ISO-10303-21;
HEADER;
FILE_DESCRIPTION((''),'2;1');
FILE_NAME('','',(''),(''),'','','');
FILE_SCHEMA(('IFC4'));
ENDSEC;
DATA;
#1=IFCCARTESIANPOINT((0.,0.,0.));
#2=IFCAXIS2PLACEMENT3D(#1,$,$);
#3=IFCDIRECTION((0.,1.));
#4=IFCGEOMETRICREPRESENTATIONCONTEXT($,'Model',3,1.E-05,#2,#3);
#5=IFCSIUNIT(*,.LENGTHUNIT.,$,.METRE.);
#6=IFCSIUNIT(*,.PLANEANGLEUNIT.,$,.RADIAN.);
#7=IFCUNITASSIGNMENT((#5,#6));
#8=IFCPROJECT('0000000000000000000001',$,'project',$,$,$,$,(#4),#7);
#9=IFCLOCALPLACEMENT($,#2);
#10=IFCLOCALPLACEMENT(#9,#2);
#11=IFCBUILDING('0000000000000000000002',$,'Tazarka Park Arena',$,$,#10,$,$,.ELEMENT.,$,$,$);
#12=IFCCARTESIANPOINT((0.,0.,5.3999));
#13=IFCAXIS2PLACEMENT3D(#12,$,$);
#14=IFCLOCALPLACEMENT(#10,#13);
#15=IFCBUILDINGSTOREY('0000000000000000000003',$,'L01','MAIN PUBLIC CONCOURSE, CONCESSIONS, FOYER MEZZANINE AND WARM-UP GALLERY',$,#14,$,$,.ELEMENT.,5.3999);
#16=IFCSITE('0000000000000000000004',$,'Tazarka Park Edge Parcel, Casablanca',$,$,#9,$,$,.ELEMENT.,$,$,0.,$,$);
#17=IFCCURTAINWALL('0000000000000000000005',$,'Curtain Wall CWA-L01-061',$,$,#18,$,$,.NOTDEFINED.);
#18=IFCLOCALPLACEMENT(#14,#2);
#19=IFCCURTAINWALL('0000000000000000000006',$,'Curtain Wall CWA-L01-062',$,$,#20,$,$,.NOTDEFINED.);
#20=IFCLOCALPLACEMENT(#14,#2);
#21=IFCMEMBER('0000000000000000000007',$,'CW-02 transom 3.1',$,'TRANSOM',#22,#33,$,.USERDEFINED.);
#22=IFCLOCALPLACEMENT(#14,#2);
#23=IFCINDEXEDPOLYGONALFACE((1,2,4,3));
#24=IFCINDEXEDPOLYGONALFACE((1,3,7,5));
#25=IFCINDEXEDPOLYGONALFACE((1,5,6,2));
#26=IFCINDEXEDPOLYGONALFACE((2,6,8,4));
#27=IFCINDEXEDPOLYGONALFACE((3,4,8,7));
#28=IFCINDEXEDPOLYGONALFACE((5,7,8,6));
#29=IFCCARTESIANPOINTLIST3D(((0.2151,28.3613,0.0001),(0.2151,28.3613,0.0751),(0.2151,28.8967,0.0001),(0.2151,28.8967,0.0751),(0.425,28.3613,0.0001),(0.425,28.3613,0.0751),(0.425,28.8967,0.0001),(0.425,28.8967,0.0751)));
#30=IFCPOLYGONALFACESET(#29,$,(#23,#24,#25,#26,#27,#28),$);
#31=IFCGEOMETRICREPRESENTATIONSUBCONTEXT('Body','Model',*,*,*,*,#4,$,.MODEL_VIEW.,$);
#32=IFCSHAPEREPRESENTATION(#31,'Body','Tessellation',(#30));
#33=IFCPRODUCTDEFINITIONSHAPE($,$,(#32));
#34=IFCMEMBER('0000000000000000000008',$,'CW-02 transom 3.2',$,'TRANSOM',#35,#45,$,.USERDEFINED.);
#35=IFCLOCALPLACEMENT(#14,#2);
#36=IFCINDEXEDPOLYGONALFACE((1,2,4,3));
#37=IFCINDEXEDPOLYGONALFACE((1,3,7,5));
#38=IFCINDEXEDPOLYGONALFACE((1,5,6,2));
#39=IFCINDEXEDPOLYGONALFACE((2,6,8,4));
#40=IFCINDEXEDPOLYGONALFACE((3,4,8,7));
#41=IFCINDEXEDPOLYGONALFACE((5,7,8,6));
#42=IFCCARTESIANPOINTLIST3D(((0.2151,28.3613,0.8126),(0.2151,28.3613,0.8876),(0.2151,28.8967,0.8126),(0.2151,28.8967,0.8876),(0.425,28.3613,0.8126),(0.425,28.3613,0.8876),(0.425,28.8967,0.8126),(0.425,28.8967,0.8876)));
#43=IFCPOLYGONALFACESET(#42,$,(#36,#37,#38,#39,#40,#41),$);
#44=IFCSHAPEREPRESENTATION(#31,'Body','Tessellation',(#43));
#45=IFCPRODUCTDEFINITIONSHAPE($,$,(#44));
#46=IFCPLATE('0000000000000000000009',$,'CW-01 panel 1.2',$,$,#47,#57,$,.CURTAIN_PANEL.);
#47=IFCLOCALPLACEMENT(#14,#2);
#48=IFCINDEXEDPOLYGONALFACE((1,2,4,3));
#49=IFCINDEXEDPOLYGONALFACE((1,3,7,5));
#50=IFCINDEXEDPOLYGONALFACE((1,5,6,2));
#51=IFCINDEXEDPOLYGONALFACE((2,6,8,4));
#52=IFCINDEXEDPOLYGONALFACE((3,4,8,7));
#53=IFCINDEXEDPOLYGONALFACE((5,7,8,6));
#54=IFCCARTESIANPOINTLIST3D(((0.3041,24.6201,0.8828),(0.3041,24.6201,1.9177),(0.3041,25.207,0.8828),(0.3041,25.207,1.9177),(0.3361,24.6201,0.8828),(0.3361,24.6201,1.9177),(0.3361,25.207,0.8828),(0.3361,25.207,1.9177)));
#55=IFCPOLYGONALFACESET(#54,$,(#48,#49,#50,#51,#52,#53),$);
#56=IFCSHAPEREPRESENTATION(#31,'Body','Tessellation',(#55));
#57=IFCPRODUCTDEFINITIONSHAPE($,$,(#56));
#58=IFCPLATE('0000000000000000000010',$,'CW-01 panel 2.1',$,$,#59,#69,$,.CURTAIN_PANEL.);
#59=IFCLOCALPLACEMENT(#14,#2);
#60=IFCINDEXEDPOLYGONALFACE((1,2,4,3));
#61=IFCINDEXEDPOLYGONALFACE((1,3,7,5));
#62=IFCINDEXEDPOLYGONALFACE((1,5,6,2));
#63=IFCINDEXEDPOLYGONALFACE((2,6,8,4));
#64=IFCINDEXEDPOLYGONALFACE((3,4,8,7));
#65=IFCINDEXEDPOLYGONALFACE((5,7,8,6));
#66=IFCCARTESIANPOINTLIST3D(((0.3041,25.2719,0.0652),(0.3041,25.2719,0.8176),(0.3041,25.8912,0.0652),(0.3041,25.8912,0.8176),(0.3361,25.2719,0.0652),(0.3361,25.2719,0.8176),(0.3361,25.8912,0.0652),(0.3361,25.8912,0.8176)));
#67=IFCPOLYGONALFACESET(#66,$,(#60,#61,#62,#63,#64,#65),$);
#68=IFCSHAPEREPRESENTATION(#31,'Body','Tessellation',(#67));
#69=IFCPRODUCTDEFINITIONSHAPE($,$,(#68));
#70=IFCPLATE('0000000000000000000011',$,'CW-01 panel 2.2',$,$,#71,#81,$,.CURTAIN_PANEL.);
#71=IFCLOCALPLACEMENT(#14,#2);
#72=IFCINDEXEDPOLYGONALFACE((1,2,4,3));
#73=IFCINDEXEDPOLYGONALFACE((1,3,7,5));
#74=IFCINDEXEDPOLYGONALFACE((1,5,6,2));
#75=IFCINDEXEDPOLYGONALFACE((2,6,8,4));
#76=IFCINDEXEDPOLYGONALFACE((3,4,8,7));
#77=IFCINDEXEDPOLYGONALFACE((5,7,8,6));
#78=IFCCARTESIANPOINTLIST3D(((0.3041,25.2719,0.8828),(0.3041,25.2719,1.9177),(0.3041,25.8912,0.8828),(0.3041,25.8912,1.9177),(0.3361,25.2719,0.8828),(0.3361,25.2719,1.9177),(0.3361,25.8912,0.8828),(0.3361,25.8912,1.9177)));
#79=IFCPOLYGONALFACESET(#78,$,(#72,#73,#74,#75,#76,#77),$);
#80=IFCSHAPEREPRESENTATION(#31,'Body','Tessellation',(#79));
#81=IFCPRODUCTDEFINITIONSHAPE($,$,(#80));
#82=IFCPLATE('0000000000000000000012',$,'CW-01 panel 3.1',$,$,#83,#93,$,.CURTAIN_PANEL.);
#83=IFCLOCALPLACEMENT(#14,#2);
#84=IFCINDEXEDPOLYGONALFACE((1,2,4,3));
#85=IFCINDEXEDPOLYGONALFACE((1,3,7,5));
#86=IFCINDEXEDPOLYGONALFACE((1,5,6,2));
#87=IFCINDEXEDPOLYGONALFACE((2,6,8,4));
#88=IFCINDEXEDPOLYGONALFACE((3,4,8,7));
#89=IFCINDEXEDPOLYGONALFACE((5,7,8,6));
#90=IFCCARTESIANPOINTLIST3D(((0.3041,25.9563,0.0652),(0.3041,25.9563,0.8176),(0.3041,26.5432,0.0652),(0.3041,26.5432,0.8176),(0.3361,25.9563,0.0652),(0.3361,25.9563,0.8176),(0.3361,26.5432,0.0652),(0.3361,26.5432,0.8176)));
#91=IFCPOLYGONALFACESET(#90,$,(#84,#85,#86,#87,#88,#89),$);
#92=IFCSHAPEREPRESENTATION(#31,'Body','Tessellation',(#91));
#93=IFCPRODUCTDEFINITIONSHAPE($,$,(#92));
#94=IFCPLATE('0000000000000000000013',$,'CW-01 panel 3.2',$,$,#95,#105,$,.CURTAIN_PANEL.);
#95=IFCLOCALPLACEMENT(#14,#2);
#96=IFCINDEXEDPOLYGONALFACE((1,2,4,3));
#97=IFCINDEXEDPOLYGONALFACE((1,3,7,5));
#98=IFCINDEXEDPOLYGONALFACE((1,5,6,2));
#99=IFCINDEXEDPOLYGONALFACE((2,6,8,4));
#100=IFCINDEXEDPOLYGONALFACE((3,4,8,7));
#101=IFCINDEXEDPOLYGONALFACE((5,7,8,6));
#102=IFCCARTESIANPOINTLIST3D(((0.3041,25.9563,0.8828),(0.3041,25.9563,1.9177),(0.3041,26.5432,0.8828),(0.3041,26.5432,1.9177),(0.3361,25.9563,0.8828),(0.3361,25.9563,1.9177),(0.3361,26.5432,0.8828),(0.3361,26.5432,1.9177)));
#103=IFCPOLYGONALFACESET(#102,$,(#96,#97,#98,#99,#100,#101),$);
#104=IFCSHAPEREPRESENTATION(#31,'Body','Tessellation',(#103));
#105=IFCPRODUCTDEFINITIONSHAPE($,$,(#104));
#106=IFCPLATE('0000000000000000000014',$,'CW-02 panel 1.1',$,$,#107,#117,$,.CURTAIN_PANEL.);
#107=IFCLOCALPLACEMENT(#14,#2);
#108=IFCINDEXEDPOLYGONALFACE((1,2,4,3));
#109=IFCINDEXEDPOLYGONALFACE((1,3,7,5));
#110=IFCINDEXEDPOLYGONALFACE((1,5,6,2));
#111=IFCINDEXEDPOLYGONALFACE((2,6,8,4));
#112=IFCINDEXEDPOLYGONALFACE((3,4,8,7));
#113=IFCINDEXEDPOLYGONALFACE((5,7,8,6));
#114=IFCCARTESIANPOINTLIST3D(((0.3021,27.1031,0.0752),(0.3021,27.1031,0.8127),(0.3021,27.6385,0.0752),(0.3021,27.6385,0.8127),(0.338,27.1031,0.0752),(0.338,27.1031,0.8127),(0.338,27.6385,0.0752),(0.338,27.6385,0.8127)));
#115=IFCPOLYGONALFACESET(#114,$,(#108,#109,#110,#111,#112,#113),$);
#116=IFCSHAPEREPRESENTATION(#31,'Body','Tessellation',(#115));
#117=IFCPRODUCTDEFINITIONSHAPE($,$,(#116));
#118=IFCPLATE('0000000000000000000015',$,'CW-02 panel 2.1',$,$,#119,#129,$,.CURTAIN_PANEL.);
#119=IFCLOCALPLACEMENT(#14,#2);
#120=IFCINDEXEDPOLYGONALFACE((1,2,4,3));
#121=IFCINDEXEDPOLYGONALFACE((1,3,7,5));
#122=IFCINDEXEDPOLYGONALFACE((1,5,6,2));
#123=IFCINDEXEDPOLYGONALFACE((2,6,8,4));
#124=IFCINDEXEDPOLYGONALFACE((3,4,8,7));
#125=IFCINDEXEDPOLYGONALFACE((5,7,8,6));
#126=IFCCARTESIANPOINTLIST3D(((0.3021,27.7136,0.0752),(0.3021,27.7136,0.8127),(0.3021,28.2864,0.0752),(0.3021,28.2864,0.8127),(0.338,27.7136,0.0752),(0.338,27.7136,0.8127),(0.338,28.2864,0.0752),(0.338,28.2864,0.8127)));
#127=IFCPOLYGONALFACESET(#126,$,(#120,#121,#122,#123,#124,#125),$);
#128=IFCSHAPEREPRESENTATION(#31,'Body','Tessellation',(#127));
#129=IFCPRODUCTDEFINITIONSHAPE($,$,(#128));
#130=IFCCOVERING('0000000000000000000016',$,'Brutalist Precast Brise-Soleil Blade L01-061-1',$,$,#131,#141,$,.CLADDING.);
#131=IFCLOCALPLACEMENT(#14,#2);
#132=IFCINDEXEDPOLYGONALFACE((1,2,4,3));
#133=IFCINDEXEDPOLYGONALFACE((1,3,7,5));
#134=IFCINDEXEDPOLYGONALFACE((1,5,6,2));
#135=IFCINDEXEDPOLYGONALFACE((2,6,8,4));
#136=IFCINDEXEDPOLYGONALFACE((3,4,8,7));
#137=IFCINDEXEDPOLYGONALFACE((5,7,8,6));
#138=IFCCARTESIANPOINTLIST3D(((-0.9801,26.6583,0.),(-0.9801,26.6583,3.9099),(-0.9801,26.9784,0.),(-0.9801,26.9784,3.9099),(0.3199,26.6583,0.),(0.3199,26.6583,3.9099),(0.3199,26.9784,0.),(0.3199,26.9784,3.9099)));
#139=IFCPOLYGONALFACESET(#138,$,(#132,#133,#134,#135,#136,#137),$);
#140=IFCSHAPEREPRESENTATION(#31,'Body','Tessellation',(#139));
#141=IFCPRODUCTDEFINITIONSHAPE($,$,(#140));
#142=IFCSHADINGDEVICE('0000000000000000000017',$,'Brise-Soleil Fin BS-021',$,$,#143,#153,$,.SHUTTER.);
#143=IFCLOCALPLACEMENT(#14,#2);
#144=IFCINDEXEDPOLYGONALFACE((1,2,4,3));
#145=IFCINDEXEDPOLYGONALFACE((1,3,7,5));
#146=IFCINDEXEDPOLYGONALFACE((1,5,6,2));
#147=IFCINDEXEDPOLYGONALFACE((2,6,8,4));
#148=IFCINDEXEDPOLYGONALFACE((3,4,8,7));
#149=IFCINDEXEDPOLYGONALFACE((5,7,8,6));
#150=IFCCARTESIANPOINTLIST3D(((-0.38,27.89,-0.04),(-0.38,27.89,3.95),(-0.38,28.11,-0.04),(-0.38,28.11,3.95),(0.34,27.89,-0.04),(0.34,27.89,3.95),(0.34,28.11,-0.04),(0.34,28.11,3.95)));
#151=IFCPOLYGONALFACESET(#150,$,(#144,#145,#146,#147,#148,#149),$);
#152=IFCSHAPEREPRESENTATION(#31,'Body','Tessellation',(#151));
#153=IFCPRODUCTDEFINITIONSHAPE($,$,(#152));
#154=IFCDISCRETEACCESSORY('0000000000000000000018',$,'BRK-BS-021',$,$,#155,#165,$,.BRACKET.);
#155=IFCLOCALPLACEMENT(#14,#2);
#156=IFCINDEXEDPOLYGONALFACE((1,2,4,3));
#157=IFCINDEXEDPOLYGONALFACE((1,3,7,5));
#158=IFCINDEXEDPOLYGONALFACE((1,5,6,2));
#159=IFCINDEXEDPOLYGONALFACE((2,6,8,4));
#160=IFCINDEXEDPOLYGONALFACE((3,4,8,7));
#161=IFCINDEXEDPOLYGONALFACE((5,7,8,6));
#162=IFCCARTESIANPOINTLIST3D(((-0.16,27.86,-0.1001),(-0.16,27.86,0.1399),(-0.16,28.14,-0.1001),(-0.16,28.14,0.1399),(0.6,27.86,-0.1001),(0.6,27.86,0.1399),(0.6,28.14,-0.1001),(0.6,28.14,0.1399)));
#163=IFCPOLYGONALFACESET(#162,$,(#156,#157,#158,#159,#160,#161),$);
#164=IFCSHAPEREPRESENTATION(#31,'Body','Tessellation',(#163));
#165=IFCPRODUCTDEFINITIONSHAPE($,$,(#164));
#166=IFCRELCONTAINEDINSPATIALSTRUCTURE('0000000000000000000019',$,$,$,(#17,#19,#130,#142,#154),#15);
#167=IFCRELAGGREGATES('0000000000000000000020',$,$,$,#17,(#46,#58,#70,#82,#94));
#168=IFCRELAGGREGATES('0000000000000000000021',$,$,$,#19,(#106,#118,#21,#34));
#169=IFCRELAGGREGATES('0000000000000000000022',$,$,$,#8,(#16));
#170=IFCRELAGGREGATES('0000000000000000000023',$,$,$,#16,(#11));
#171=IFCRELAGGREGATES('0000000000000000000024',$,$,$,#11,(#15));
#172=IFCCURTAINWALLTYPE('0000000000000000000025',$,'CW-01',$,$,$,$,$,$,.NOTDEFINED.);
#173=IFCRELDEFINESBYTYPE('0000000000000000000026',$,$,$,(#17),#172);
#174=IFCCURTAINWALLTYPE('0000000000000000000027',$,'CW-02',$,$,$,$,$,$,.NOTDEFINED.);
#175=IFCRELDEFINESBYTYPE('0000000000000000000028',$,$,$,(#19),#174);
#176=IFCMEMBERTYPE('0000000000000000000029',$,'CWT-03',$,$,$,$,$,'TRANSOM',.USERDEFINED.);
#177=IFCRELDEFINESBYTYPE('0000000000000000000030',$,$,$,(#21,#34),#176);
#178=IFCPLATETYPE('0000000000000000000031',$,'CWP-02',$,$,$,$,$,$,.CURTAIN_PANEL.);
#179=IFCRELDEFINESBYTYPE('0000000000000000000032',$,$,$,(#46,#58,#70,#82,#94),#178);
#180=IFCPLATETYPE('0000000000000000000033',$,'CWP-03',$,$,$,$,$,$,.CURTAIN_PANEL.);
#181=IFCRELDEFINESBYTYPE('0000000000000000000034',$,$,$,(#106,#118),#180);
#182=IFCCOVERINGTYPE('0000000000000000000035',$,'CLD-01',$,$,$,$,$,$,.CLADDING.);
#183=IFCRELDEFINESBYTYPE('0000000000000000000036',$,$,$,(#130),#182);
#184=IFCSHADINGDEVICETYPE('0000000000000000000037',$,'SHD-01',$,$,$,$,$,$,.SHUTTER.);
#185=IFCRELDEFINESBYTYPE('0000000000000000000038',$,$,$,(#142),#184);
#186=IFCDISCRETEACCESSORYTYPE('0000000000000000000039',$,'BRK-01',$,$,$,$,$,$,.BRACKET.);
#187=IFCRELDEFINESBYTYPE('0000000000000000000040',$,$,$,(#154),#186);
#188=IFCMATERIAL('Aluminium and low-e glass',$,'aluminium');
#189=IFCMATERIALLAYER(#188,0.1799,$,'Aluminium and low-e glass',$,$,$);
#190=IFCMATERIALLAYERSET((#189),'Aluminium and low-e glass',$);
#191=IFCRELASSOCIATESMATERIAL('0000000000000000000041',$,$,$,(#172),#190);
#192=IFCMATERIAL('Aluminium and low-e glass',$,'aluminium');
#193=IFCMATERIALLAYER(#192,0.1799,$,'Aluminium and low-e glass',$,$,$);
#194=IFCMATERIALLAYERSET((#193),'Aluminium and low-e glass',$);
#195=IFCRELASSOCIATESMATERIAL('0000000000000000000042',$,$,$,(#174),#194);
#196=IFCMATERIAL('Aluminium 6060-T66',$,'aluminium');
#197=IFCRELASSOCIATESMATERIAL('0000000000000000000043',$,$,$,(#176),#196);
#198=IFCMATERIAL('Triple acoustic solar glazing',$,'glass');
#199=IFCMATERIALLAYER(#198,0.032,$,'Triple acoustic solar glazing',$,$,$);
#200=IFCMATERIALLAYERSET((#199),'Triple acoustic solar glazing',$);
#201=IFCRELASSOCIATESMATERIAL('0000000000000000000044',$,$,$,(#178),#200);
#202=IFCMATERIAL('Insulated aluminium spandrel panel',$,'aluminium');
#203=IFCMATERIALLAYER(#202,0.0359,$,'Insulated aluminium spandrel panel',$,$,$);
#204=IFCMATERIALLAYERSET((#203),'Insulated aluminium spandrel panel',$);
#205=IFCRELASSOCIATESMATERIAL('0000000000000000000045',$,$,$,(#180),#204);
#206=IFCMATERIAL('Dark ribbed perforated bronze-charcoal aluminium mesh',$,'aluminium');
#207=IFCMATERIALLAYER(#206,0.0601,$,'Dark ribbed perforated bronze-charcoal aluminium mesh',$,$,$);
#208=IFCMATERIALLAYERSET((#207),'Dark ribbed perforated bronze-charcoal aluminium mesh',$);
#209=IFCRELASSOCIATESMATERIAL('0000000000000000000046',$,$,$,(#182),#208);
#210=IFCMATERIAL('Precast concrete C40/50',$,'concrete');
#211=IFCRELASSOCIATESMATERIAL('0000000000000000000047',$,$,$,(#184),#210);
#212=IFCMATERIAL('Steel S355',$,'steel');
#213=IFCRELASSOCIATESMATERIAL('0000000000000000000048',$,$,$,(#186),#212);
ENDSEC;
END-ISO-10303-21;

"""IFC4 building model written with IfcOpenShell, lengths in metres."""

from ifc_helpers import new_model, si_unit, direction, frame, origin, origin_2d, place, context, subcontext, project, spatial, rectangle, extrude, material, layer, layer_set, material_profile, profile_set, type_object, element, aggregate, save


model = new_model("IFC4")

# Units and contexts
model_context = context("Model", 3, precision=1e-05, world=origin(), true_north=direction((0.0, 1.0)))
body_context = subcontext(model_context, "Body", "Model", "MODEL_VIEW")
ifc_project = project(units=[si_unit("LENGTHUNIT", "METRE"), si_unit("PLANEANGLEUNIT", "RADIAN")], contexts=[model_context])

# Site, building, storey
site_placement = place(None, origin())
site = spatial("IfcSite", under=ifc_project, at=site_placement, Name="Tazarka Park Edge Parcel, Casablanca", CompositionType="ELEMENT", RefElevation=0.0)
building_placement = place(site_placement, origin())
building = spatial("IfcBuilding", under=site, at=building_placement, Name="Tazarka Park Arena", CompositionType="ELEMENT")
storey_placement = place(building_placement, frame((0.0, 0.0, 5.3999)))
storey = spatial("IfcBuildingStorey", under=building, at=storey_placement, Name="L01", Description="MAIN PUBLIC CONCOURSE, CONCESSIONS, FOYER MEZZANINE AND WARM-UP GALLERY", CompositionType="ELEMENT", Elevation=5.3999)

# Curtain walls
ifc_material_1 = material(Name="Aluminium and low-e glass", Category="aluminium")
ifc_layer_1 = layer(ifc_material_1, 0.1799, Name="Aluminium and low-e glass")
ifc_layer_set_1 = layer_set([ifc_layer_1], Name="Aluminium and low-e glass")
curtain_wall_type_1 = type_object("IfcCurtainWallType", Name="CW-01", PredefinedType="NOTDEFINED", material=ifc_layer_set_1)
curtain_wall_1_placement = place(storey_placement, origin())
curtain_wall_1 = element("IfcCurtainWall", 1, at=curtain_wall_1_placement, inside=storey, type_object=curtain_wall_type_1, Name="Curtain Wall CWA-L01-061", PredefinedType="NOTDEFINED")
ifc_material_2 = material(Name="Aluminium and low-e glass", Category="aluminium")
ifc_layer_2 = layer(ifc_material_2, 0.1799, Name="Aluminium and low-e glass")
ifc_layer_set_2 = layer_set([ifc_layer_2], Name="Aluminium and low-e glass")
curtain_wall_type_2 = type_object("IfcCurtainWallType", Name="CW-02", PredefinedType="NOTDEFINED", material=ifc_layer_set_2)
curtain_wall_2_placement = place(storey_placement, origin())
curtain_wall_2 = element("IfcCurtainWall", 2, at=curtain_wall_2_placement, inside=storey, type_object=curtain_wall_type_2, Name="Curtain Wall CWA-L01-062", PredefinedType="NOTDEFINED")

# Members
ifc_material_3 = material(Name="Aluminium 6060-T66", Category="aluminium")
ifc_material_profile_1 = material_profile(ifc_material_3, rectangle(XDim=0.21, YDim=0.075, at=origin_2d()), Name="Aluminium 6060-T66")
ifc_profile_set_1 = profile_set([ifc_material_profile_1], Name="Aluminium 6060-T66")
member_type_1 = type_object("IfcMemberType", Name="CWT-03", ElementType="TRANSOM", PredefinedType="USERDEFINED", material=ifc_profile_set_1)
member_1_placement = place(storey_placement, frame((0.3201, 28.3613, 0.0376), z_axis=(0.0, 1.0, 0.0), x_axis=(-1.0, 0.0, 0.0)))
member_1 = element("IfcMember", 3, at=member_1_placement, type_object=member_type_1, Name="CW-02 transom 3.1", ObjectType="TRANSOM", PredefinedType="USERDEFINED", context=body_context, shape_type="SweptSolid", body=[
    extrude(rectangle(XDim=0.21, YDim=0.075, at=origin_2d()), origin(), (0.0, 0.0, 1.0), 0.5354),
])
member_2_placement = place(storey_placement, frame((0.3201, 28.3613, 0.8501), z_axis=(0.0, 1.0, 0.0), x_axis=(-1.0, 0.0, 0.0)))
member_2 = element("IfcMember", 4, at=member_2_placement, type_object=member_type_1, Name="CW-02 transom 3.2", ObjectType="TRANSOM", PredefinedType="USERDEFINED", context=body_context, shape_type="SweptSolid", body=[
    extrude(rectangle(XDim=0.21, YDim=0.075, at=origin_2d()), origin(), (0.0, 0.0, 1.0), 0.5354),
])

# Plates
ifc_material_4 = material(Name="Triple acoustic solar glazing", Category="glass")
ifc_layer_3 = layer(ifc_material_4, 0.032, Name="Triple acoustic solar glazing")
ifc_layer_set_3 = layer_set([ifc_layer_3], Name="Triple acoustic solar glazing")
plate_type_1 = type_object("IfcPlateType", Name="CWP-02", PredefinedType="CURTAIN_PANEL", material=ifc_layer_set_3)
plate_1_placement = place(storey_placement, frame((0.3201, 24.9136, 0.8828), z_axis=(0.0, 0.0, 1.0), x_axis=(0.0, 1.0, 0.0)))
plate_1 = element("IfcPlate", 5, at=plate_1_placement, type_object=plate_type_1, Name="CW-01 panel 1.2", PredefinedType="CURTAIN_PANEL", context=body_context, shape_type="SweptSolid", body=[
    extrude(rectangle(XDim=0.5869, YDim=0.032, at=origin_2d()), origin(), (0.0, 0.0, 1.0), 1.0349),
])
plate_2_placement = place(storey_placement, frame((0.3201, 25.5815, 0.0652), z_axis=(0.0, 0.0, 1.0), x_axis=(0.0, 1.0, 0.0)))
plate_2 = element("IfcPlate", 6, at=plate_2_placement, type_object=plate_type_1, Name="CW-01 panel 2.1", PredefinedType="CURTAIN_PANEL", context=body_context, shape_type="SweptSolid", body=[
    extrude(rectangle(XDim=0.6194, YDim=0.032, at=origin_2d()), origin(), (0.0, 0.0, 1.0), 0.7524),
])
plate_3_placement = place(storey_placement, frame((0.3201, 25.5815, 0.8828), z_axis=(0.0, 0.0, 1.0), x_axis=(0.0, 1.0, 0.0)))
plate_3 = element("IfcPlate", 7, at=plate_3_placement, type_object=plate_type_1, Name="CW-01 panel 2.2", PredefinedType="CURTAIN_PANEL", context=body_context, shape_type="SweptSolid", body=[
    extrude(rectangle(XDim=0.6194, YDim=0.032, at=origin_2d()), origin(), (0.0, 0.0, 1.0), 1.0349),
])
plate_4_placement = place(storey_placement, frame((0.3201, 26.2498, 0.0652), z_axis=(0.0, 0.0, 1.0), x_axis=(0.0, 1.0, 0.0)))
plate_4 = element("IfcPlate", 8, at=plate_4_placement, type_object=plate_type_1, Name="CW-01 panel 3.1", PredefinedType="CURTAIN_PANEL", context=body_context, shape_type="SweptSolid", body=[
    extrude(rectangle(XDim=0.5869, YDim=0.032, at=origin_2d()), origin(), (0.0, 0.0, 1.0), 0.7524),
])
plate_5_placement = place(storey_placement, frame((0.3201, 26.2498, 0.8828), z_axis=(0.0, 0.0, 1.0), x_axis=(0.0, 1.0, 0.0)))
plate_5 = element("IfcPlate", 9, at=plate_5_placement, type_object=plate_type_1, Name="CW-01 panel 3.2", PredefinedType="CURTAIN_PANEL", context=body_context, shape_type="SweptSolid", body=[
    extrude(rectangle(XDim=0.5869, YDim=0.032, at=origin_2d()), origin(), (0.0, 0.0, 1.0), 1.0349),
])
aggregate(curtain_wall_1, [plate_1, plate_2, plate_3, plate_4, plate_5])
ifc_material_5 = material(Name="Insulated aluminium spandrel panel", Category="aluminium")
ifc_layer_4 = layer(ifc_material_5, 0.0359, Name="Insulated aluminium spandrel panel")
ifc_layer_set_4 = layer_set([ifc_layer_4], Name="Insulated aluminium spandrel panel")
plate_type_2 = type_object("IfcPlateType", Name="CWP-03", PredefinedType="CURTAIN_PANEL", material=ifc_layer_set_4)
plate_6_placement = place(storey_placement, frame((0.3201, 27.3708, 0.0752), z_axis=(0.0, 0.0, 1.0), x_axis=(0.0, 1.0, 0.0)))
plate_6 = element("IfcPlate", 10, at=plate_6_placement, type_object=plate_type_2, Name="CW-02 panel 1.1", PredefinedType="CURTAIN_PANEL", context=body_context, shape_type="SweptSolid", body=[
    extrude(rectangle(XDim=0.5354, YDim=0.0359, at=origin_2d()), origin(), (0.0, 0.0, 1.0), 0.7375),
])
plate_7_placement = place(storey_placement, frame((0.3201, 28.0, 0.0752), z_axis=(0.0, 0.0, 1.0), x_axis=(0.0, 1.0, 0.0)))
plate_7 = element("IfcPlate", 11, at=plate_7_placement, type_object=plate_type_2, Name="CW-02 panel 2.1", PredefinedType="CURTAIN_PANEL", context=body_context, shape_type="SweptSolid", body=[
    extrude(rectangle(XDim=0.5728, YDim=0.0359, at=origin_2d()), origin(), (0.0, 0.0, 1.0), 0.7375),
])
aggregate(curtain_wall_2, [plate_6, plate_7, member_1, member_2])

# Covering
ifc_material_6 = material(Name="Dark ribbed perforated bronze-charcoal aluminium mesh", Category="aluminium")
ifc_layer_5 = layer(ifc_material_6, 0.0601, Name="Dark ribbed perforated bronze-charcoal aluminium mesh")
ifc_layer_set_5 = layer_set([ifc_layer_5], Name="Dark ribbed perforated bronze-charcoal aluminium mesh")
covering_type = type_object("IfcCoveringType", Name="CLD-01", PredefinedType="CLADDING", material=ifc_layer_set_5)
covering_placement = place(storey_placement, frame((-0.3301, 26.8184, 0.0), z_axis=(0.0, 0.0, 1.0), x_axis=(0.0, 1.0, 0.0)))
element("IfcCovering", 12, at=covering_placement, inside=storey, type_object=covering_type, Name="Brutalist Precast Brise-Soleil Blade L01-061-1", PredefinedType="CLADDING", context=body_context, shape_type="SweptSolid", body=[
    extrude(rectangle(XDim=0.3201, YDim=1.3, at=origin_2d()), origin(), (0.0, 0.0, 1.0), 3.9099),
])

# Shading device
ifc_material_7 = material(Name="Precast concrete C40/50", Category="concrete")
shading_device_type = type_object("IfcShadingDeviceType", Name="SHD-01", PredefinedType="SHUTTER", material=ifc_material_7)
shading_device_placement = place(storey_placement, frame((-0.02, 28.0, -0.04), z_axis=(0.0, 0.0, 1.0), x_axis=(0.0, 1.0, 0.0)))
element("IfcShadingDevice", 13, at=shading_device_placement, inside=storey, type_object=shading_device_type, Name="Brise-Soleil Fin BS-021", PredefinedType="SHUTTER", context=body_context, shape_type="SweptSolid", body=[
    extrude(rectangle(XDim=0.22, YDim=0.72, at=origin_2d()), origin(), (0.0, 0.0, 1.0), 3.99),
])

# Discrete accessory
ifc_material_8 = material(Name="Steel S355", Category="steel")
discrete_accessory_type = type_object("IfcDiscreteAccessoryType", Name="BRK-01", PredefinedType="BRACKET", material=ifc_material_8)
discrete_accessory_placement = place(storey_placement, frame((0.22, 28.0, -0.1001), z_axis=(0.0, 0.0, 1.0), x_axis=(0.0, 1.0, 0.0)))
element("IfcDiscreteAccessory", 14, at=discrete_accessory_placement, inside=storey, type_object=discrete_accessory_type, Name="BRK-BS-021", PredefinedType="BRACKET", context=body_context, shape_type="SweptSolid", body=[
    extrude(rectangle(XDim=0.28, YDim=0.76, at=origin_2d()), origin(), (0.0, 0.0, 1.0), 0.24),
])

save(model, "model.ifc")
